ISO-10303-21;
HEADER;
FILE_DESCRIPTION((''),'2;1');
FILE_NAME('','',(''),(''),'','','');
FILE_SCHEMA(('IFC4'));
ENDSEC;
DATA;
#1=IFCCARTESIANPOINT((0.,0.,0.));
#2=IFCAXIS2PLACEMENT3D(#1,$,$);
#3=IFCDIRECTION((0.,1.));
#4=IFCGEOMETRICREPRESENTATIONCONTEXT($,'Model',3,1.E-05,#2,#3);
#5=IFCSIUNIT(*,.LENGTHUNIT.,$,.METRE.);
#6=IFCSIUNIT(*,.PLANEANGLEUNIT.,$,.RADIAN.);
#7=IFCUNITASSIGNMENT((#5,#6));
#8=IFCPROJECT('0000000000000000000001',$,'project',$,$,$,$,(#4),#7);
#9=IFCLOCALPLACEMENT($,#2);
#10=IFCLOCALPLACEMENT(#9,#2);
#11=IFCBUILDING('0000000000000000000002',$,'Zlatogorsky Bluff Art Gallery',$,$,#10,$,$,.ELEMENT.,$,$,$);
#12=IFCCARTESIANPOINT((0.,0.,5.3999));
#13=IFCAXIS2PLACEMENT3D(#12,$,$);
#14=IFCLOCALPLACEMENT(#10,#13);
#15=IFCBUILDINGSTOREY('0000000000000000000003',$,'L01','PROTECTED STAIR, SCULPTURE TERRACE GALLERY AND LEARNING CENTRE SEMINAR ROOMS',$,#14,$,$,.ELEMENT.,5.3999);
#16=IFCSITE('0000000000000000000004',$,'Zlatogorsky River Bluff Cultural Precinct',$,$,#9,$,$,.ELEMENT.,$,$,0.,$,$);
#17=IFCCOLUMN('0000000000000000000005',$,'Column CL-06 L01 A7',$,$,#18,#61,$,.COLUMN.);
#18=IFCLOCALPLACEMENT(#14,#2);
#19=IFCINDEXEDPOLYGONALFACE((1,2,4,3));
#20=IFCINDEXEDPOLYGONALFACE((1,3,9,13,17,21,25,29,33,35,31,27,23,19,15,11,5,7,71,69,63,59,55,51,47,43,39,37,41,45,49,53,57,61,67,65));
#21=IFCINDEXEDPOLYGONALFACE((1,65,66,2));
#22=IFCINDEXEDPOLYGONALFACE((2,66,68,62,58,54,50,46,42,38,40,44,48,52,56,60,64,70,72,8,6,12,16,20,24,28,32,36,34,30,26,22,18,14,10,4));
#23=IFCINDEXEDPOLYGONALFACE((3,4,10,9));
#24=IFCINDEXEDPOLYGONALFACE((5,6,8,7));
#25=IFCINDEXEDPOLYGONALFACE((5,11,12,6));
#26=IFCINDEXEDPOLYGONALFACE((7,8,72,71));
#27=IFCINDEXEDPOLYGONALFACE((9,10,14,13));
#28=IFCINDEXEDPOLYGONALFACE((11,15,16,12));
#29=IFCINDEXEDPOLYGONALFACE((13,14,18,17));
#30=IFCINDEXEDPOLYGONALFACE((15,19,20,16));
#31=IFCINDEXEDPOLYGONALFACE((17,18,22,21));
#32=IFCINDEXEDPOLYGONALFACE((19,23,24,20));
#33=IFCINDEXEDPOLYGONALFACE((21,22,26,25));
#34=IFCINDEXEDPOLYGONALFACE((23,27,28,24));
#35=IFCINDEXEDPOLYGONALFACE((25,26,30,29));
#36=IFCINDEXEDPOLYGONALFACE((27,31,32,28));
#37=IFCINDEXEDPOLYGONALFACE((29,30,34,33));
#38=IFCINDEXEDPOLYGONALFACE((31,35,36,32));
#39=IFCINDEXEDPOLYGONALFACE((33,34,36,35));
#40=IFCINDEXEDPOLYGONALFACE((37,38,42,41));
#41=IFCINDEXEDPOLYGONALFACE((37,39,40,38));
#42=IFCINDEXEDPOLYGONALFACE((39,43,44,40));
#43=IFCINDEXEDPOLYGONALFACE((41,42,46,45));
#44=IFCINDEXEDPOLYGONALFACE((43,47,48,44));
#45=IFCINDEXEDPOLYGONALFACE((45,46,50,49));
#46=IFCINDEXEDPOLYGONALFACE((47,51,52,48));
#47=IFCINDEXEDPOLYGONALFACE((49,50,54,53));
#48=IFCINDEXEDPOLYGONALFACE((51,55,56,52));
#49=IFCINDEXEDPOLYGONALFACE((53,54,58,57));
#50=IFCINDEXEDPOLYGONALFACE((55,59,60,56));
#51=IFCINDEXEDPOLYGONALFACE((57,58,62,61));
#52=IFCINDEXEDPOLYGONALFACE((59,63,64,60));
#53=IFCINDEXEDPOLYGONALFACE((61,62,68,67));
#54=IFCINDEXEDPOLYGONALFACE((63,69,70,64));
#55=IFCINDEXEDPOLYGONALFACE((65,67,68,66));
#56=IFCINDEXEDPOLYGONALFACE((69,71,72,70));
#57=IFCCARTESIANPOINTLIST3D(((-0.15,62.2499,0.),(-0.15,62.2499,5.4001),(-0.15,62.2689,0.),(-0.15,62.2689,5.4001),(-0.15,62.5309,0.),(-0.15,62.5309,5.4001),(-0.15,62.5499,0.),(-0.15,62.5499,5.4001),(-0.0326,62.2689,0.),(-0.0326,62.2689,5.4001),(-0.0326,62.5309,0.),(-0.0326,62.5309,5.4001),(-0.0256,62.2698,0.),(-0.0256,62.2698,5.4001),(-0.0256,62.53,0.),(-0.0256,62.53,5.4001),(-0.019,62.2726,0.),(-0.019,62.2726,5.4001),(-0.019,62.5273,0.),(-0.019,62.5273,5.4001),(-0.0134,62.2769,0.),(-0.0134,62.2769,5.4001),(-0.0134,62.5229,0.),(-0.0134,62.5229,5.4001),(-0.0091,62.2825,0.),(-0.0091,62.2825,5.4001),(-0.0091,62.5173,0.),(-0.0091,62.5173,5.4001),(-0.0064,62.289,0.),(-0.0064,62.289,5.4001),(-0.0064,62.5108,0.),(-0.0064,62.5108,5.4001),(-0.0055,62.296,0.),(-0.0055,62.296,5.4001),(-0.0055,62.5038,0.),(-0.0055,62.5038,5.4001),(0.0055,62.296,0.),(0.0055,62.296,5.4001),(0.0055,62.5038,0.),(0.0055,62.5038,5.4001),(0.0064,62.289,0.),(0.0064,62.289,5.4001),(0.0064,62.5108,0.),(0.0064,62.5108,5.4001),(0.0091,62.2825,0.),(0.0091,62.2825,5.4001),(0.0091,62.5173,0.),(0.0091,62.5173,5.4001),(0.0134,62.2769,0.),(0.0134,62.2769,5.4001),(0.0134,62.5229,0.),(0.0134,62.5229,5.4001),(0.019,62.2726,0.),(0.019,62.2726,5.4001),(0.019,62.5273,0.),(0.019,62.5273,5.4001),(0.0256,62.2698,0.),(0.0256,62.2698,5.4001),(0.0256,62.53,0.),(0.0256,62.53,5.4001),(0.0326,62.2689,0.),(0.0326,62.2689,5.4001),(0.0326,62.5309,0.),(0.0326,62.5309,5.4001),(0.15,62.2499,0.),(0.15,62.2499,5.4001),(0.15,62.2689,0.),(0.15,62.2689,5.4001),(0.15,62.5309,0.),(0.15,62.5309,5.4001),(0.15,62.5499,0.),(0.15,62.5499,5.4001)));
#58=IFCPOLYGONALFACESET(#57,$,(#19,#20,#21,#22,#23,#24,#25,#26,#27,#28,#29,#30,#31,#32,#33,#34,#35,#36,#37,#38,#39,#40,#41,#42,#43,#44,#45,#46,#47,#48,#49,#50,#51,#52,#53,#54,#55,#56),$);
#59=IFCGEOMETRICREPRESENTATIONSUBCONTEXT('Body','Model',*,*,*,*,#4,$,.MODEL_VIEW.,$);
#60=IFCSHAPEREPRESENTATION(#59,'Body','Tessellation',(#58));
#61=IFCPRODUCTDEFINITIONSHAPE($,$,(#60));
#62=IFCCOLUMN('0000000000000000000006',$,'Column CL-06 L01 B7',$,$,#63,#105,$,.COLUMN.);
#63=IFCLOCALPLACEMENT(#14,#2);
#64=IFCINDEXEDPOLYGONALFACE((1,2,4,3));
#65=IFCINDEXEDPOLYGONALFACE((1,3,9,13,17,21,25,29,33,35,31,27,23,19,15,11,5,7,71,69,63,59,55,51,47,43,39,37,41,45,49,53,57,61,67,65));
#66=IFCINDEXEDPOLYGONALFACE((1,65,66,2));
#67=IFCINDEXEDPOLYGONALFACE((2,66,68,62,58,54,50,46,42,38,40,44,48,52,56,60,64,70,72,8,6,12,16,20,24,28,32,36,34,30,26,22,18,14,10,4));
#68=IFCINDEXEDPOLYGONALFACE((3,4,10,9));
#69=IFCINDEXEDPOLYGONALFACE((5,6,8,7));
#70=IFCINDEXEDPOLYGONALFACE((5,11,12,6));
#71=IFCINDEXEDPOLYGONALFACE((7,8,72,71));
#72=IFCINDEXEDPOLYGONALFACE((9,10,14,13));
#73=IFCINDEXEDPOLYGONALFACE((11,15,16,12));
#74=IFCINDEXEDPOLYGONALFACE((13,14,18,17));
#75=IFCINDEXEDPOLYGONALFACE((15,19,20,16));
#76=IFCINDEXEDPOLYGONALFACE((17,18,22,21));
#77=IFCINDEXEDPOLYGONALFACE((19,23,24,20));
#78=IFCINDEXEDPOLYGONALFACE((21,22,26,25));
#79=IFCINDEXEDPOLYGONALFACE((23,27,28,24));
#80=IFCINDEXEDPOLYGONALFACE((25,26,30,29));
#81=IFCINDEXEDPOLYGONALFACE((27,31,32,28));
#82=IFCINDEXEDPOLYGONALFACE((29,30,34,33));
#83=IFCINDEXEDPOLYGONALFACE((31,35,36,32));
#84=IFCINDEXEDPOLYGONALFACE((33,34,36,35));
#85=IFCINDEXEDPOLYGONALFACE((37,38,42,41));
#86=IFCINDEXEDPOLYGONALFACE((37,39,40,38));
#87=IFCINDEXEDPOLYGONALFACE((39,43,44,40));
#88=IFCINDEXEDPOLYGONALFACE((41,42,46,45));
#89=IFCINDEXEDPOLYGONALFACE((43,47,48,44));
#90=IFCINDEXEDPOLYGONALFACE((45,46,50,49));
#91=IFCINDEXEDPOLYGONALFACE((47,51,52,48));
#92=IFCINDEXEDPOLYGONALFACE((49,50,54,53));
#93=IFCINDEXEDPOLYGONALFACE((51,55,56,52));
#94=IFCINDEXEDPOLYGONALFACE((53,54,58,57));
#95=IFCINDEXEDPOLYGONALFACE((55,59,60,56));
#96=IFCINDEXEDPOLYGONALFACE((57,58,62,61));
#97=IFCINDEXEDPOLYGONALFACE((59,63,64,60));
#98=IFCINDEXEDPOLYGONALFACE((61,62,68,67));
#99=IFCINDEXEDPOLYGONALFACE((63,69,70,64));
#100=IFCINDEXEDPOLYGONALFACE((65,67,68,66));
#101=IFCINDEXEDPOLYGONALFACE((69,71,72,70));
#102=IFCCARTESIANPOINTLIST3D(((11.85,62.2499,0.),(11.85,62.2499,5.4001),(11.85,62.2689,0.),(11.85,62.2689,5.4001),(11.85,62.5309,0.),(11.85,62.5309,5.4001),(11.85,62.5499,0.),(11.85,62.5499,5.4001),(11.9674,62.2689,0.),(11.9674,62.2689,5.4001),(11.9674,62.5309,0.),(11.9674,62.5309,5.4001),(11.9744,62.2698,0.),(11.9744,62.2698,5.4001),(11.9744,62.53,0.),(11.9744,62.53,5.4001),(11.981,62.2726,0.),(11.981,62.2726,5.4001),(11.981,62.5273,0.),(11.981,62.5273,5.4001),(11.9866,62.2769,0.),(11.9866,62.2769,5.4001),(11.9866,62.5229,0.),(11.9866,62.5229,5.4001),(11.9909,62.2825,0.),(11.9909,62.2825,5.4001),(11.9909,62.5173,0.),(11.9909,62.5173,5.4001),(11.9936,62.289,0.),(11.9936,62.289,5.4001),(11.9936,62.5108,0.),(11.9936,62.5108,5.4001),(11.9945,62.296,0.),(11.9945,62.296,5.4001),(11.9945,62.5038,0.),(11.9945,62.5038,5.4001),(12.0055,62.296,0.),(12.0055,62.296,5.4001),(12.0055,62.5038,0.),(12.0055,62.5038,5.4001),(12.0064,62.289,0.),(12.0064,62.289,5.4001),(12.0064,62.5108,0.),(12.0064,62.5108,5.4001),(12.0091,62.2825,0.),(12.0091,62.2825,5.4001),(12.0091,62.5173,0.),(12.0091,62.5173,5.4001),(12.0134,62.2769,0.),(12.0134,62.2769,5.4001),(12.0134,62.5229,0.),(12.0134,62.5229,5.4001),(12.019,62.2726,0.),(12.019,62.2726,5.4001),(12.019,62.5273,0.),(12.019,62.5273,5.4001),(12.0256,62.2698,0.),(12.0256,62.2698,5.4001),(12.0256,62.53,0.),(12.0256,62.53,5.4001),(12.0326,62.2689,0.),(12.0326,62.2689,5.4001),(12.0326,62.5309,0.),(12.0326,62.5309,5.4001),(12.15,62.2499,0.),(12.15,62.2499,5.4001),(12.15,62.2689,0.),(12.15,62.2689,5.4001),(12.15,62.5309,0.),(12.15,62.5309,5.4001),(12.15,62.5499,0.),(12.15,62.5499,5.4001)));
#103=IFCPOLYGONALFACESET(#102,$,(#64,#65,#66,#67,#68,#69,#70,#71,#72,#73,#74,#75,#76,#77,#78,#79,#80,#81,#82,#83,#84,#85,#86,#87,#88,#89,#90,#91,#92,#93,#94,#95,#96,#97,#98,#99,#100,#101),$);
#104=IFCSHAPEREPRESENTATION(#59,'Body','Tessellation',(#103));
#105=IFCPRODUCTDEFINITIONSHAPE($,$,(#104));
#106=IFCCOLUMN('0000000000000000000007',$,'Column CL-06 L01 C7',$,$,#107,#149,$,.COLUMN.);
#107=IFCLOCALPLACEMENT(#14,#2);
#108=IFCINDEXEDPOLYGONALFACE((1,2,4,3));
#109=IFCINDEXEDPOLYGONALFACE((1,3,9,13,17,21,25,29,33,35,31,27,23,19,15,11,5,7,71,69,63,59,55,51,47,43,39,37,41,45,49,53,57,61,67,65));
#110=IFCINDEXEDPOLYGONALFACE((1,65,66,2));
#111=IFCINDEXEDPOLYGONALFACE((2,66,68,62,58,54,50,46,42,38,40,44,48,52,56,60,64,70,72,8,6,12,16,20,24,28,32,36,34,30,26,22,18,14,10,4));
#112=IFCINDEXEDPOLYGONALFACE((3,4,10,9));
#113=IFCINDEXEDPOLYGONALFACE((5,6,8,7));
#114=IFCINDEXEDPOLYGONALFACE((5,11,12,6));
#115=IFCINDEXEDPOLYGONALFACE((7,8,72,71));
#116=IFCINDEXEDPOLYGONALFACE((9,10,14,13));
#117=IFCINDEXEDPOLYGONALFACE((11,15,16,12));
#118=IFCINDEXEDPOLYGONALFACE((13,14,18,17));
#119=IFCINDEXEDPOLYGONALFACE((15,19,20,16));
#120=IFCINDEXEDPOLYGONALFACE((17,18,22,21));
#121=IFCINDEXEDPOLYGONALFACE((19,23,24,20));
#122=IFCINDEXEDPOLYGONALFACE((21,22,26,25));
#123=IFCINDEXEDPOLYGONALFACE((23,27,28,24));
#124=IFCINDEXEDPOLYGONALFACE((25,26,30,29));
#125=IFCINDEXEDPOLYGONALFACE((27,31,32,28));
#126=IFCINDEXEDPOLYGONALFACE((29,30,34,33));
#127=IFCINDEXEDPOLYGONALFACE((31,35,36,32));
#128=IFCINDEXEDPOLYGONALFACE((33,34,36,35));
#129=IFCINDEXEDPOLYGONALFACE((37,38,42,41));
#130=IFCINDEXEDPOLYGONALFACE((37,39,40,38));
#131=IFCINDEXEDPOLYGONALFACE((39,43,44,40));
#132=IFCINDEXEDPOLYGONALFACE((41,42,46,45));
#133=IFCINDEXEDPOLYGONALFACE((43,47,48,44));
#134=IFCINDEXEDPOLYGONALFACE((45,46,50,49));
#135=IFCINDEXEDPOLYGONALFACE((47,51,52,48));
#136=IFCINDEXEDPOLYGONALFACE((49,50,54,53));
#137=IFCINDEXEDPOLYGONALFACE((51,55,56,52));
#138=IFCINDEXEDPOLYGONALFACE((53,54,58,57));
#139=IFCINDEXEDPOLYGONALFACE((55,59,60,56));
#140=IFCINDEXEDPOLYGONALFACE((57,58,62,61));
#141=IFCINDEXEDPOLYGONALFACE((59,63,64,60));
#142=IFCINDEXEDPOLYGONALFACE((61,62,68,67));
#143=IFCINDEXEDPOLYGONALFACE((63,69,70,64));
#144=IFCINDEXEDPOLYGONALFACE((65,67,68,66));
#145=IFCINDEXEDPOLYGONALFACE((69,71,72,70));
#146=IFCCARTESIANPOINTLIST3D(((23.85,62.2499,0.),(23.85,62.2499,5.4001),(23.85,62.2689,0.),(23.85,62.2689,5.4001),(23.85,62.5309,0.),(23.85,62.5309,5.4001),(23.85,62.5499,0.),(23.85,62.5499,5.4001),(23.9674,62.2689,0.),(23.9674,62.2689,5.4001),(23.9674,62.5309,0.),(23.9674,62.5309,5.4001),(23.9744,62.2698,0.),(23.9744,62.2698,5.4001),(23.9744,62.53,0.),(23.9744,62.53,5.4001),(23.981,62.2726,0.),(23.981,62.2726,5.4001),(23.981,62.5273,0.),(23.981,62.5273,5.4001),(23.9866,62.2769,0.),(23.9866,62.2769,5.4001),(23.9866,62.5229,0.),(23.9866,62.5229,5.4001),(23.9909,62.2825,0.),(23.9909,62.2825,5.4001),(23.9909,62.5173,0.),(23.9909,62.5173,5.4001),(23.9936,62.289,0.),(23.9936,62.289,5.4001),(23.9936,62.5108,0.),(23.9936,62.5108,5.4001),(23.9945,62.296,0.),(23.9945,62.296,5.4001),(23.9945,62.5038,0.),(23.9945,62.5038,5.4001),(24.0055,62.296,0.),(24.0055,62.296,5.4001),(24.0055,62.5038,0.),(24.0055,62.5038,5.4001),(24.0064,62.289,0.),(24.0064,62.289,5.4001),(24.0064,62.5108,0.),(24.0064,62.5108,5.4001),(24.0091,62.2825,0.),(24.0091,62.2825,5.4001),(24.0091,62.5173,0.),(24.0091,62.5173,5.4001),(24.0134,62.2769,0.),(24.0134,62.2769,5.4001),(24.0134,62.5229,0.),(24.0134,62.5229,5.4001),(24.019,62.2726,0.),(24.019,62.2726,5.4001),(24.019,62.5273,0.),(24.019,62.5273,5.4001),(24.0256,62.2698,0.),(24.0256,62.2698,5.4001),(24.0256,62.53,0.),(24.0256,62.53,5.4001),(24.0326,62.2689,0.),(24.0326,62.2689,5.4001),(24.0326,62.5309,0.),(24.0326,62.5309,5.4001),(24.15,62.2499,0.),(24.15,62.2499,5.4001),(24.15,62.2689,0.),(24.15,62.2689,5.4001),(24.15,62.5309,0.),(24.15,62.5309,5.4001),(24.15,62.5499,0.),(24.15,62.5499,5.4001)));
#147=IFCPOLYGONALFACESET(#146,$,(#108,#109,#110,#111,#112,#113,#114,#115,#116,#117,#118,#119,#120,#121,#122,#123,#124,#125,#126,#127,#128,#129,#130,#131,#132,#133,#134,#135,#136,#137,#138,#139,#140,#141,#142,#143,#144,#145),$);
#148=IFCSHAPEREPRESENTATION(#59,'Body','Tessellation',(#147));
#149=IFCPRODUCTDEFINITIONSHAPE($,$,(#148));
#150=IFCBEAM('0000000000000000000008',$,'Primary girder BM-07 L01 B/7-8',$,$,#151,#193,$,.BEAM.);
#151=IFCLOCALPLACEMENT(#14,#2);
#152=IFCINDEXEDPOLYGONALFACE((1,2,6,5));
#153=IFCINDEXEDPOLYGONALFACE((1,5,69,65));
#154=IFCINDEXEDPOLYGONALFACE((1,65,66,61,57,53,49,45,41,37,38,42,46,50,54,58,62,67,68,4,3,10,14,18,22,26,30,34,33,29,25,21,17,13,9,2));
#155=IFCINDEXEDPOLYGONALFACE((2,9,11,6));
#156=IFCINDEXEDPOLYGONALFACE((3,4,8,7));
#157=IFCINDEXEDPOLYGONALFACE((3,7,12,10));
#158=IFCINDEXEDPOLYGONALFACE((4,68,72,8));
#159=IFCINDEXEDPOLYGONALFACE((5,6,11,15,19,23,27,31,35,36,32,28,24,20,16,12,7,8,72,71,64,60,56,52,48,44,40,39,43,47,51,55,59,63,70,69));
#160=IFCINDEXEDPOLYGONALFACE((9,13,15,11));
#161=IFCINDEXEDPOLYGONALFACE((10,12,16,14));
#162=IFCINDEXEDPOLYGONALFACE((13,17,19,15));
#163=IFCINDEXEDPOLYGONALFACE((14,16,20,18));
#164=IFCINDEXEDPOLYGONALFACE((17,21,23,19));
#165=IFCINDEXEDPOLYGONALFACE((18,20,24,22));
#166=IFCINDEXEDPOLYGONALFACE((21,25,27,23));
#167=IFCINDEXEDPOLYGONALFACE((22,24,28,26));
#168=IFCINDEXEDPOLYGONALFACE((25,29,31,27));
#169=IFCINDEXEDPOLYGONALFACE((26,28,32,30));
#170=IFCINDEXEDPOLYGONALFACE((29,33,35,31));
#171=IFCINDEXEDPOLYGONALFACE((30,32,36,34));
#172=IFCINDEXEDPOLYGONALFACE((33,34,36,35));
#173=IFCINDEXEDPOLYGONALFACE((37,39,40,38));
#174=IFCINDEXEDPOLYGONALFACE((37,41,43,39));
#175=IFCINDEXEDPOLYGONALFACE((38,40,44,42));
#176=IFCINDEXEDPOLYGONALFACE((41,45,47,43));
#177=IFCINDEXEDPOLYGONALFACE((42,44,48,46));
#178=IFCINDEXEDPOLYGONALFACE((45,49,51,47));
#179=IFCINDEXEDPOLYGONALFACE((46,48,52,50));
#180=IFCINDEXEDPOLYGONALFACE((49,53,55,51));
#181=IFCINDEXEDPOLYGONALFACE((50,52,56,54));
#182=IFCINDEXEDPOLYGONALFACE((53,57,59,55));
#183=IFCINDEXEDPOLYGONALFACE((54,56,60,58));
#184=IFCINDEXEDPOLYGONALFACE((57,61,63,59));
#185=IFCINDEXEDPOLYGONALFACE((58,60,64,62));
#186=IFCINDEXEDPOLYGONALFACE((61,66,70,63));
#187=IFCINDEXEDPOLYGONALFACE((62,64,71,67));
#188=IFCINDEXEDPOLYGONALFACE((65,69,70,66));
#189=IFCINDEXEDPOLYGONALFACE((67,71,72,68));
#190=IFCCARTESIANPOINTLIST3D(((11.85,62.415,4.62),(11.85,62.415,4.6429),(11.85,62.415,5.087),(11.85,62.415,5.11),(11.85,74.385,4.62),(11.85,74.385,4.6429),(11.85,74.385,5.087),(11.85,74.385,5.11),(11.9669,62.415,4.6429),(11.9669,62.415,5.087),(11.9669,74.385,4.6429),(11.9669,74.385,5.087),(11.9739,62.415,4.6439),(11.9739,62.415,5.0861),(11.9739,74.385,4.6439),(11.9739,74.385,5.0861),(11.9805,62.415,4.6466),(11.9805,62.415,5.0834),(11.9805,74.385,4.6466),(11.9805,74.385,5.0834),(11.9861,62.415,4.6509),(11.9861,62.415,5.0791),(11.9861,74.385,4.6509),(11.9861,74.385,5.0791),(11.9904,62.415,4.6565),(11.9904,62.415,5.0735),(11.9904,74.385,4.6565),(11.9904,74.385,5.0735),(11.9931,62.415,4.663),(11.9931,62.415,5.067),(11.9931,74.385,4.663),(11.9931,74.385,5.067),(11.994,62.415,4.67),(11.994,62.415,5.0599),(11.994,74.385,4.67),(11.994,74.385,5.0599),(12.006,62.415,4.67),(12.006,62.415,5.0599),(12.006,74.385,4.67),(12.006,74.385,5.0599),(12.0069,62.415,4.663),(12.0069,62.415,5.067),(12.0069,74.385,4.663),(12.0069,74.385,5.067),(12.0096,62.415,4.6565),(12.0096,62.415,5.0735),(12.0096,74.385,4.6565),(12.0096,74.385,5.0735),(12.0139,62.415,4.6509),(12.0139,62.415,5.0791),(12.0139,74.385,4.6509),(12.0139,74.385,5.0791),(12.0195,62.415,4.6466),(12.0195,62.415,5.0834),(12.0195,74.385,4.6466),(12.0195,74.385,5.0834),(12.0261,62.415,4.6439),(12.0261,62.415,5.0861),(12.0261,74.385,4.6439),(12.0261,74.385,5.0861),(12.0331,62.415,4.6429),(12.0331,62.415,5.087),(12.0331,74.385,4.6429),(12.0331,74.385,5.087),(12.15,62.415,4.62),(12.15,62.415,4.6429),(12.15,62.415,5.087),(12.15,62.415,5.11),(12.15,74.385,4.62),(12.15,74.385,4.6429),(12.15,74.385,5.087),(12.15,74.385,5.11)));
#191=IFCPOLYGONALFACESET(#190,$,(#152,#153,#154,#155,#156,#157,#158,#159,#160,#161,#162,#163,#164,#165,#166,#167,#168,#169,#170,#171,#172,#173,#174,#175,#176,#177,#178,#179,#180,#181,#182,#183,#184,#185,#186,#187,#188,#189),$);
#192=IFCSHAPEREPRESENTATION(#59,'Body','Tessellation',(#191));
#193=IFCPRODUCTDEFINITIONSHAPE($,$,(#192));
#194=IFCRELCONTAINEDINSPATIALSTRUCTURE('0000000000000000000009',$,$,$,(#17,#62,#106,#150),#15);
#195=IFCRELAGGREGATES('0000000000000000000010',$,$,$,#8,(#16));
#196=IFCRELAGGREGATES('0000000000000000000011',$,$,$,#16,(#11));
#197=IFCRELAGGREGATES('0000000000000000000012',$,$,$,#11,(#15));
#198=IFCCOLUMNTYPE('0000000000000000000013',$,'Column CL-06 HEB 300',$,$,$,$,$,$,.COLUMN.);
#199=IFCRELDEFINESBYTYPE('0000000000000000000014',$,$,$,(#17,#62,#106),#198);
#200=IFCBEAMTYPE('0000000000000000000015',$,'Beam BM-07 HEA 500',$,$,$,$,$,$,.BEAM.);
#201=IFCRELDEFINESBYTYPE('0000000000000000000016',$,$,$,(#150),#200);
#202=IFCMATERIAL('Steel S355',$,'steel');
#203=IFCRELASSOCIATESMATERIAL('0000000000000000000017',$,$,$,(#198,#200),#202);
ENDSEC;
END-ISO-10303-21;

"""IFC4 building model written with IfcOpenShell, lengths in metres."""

from ifc_helpers import new_model, si_unit, direction, frame, origin, origin_2d, place, context, subcontext, project, spatial, i_section, extrude, material, material_profile, profile_set, type_object, element, save


model = new_model("IFC4")

# Units and contexts
model_context = context("Model", 3, precision=1e-05, world=origin(), true_north=direction((0.0, 1.0)))
body_context = subcontext(model_context, "Body", "Model", "MODEL_VIEW")
ifc_project = project(units=[si_unit("LENGTHUNIT", "METRE"), si_unit("PLANEANGLEUNIT", "RADIAN")], contexts=[model_context])

# Site, building, storey
site_placement = place(None, origin())
site = spatial("IfcSite", under=ifc_project, at=site_placement, Name="Zlatogorsky River Bluff Cultural Precinct", CompositionType="ELEMENT", RefElevation=0.0)
building_placement = place(site_placement, origin())
building = spatial("IfcBuilding", under=site, at=building_placement, Name="Zlatogorsky Bluff Art Gallery", CompositionType="ELEMENT")
storey_placement = place(building_placement, frame((0.0, 0.0, 5.3999)))
storey = spatial("IfcBuildingStorey", under=building, at=storey_placement, Name="L01", Description="PROTECTED STAIR, SCULPTURE TERRACE GALLERY AND LEARNING CENTRE SEMINAR ROOMS", CompositionType="ELEMENT", Elevation=5.3999)

# Columns
ifc_material_1 = material(Name="Steel S355", Category="steel")
ifc_material_profile_1 = material_profile(ifc_material_1, i_section(OverallWidth=0.3, OverallDepth=0.3, WebThickness=0.011, FlangeThickness=0.019, FilletRadius=0.0271, at=origin_2d()), Name="HEB 300")
ifc_profile_set_1 = profile_set([ifc_material_profile_1], Name="Steel S355")
column_type = type_object("IfcColumnType", Name="Column CL-06 HEB 300", PredefinedType="COLUMN", material=ifc_profile_set_1)
for number, where, z_axis, x_axis, name in (
    (1, (0.0, 62.3999, 0.0), (0.0, 0.0, 1.0), (1.0, 0.0, 0.0), "Column CL-06 L01 A7"),
    (2, (12.0, 62.3999, 0.0), (0.0, 0.0, 1.0), (1.0, 0.0, 0.0), "Column CL-06 L01 B7"),
    (3, (24.0, 62.3999, 0.0), (0.0, 0.0, 1.0), (1.0, 0.0, 0.0), "Column CL-06 L01 C7"),
):
    element("IfcColumn", number, at=place(storey_placement, frame(where, z_axis=z_axis, x_axis=x_axis)), inside=storey, type_object=column_type, Name=name, PredefinedType="COLUMN", context=body_context, shape_type="SweptSolid", body=[
        extrude(i_section(OverallWidth=0.3, OverallDepth=0.3, WebThickness=0.011, FlangeThickness=0.019, FilletRadius=0.0271, at=origin_2d()), origin(), (0.0, 0.0, 1.0), 5.4001),
    ])

# Beam
ifc_material_profile_2 = material_profile(ifc_material_1, i_section(OverallWidth=0.3, OverallDepth=0.49, WebThickness=0.012, FlangeThickness=0.0229, FilletRadius=0.0271, at=origin_2d()), Name="HEA 500")
ifc_profile_set_2 = profile_set([ifc_material_profile_2], Name="Steel S355")
beam_type_1 = type_object("IfcBeamType", Name="Beam BM-07 HEA 500", PredefinedType="BEAM", material=ifc_profile_set_2)
for number, where, z_axis, x_axis, name in (
    (4, (12.0, 62.415, 4.865), (0.0, 1.0, 0.0), (-1.0, 0.0, 0.0), "Primary girder BM-07 L01 B/7-8"),
):
    element("IfcBeam", number, at=place(storey_placement, frame(where, z_axis=z_axis, x_axis=x_axis)), inside=storey, type_object=beam_type_1, Name=name, PredefinedType="BEAM", context=body_context, shape_type="SweptSolid", body=[
        extrude(i_section(OverallWidth=0.3, OverallDepth=0.49, WebThickness=0.012, FlangeThickness=0.0229, FilletRadius=0.0271, at=origin_2d()), origin(), (0.0, 0.0, 1.0), 11.97),
    ])

save(model, "model.ifc")
